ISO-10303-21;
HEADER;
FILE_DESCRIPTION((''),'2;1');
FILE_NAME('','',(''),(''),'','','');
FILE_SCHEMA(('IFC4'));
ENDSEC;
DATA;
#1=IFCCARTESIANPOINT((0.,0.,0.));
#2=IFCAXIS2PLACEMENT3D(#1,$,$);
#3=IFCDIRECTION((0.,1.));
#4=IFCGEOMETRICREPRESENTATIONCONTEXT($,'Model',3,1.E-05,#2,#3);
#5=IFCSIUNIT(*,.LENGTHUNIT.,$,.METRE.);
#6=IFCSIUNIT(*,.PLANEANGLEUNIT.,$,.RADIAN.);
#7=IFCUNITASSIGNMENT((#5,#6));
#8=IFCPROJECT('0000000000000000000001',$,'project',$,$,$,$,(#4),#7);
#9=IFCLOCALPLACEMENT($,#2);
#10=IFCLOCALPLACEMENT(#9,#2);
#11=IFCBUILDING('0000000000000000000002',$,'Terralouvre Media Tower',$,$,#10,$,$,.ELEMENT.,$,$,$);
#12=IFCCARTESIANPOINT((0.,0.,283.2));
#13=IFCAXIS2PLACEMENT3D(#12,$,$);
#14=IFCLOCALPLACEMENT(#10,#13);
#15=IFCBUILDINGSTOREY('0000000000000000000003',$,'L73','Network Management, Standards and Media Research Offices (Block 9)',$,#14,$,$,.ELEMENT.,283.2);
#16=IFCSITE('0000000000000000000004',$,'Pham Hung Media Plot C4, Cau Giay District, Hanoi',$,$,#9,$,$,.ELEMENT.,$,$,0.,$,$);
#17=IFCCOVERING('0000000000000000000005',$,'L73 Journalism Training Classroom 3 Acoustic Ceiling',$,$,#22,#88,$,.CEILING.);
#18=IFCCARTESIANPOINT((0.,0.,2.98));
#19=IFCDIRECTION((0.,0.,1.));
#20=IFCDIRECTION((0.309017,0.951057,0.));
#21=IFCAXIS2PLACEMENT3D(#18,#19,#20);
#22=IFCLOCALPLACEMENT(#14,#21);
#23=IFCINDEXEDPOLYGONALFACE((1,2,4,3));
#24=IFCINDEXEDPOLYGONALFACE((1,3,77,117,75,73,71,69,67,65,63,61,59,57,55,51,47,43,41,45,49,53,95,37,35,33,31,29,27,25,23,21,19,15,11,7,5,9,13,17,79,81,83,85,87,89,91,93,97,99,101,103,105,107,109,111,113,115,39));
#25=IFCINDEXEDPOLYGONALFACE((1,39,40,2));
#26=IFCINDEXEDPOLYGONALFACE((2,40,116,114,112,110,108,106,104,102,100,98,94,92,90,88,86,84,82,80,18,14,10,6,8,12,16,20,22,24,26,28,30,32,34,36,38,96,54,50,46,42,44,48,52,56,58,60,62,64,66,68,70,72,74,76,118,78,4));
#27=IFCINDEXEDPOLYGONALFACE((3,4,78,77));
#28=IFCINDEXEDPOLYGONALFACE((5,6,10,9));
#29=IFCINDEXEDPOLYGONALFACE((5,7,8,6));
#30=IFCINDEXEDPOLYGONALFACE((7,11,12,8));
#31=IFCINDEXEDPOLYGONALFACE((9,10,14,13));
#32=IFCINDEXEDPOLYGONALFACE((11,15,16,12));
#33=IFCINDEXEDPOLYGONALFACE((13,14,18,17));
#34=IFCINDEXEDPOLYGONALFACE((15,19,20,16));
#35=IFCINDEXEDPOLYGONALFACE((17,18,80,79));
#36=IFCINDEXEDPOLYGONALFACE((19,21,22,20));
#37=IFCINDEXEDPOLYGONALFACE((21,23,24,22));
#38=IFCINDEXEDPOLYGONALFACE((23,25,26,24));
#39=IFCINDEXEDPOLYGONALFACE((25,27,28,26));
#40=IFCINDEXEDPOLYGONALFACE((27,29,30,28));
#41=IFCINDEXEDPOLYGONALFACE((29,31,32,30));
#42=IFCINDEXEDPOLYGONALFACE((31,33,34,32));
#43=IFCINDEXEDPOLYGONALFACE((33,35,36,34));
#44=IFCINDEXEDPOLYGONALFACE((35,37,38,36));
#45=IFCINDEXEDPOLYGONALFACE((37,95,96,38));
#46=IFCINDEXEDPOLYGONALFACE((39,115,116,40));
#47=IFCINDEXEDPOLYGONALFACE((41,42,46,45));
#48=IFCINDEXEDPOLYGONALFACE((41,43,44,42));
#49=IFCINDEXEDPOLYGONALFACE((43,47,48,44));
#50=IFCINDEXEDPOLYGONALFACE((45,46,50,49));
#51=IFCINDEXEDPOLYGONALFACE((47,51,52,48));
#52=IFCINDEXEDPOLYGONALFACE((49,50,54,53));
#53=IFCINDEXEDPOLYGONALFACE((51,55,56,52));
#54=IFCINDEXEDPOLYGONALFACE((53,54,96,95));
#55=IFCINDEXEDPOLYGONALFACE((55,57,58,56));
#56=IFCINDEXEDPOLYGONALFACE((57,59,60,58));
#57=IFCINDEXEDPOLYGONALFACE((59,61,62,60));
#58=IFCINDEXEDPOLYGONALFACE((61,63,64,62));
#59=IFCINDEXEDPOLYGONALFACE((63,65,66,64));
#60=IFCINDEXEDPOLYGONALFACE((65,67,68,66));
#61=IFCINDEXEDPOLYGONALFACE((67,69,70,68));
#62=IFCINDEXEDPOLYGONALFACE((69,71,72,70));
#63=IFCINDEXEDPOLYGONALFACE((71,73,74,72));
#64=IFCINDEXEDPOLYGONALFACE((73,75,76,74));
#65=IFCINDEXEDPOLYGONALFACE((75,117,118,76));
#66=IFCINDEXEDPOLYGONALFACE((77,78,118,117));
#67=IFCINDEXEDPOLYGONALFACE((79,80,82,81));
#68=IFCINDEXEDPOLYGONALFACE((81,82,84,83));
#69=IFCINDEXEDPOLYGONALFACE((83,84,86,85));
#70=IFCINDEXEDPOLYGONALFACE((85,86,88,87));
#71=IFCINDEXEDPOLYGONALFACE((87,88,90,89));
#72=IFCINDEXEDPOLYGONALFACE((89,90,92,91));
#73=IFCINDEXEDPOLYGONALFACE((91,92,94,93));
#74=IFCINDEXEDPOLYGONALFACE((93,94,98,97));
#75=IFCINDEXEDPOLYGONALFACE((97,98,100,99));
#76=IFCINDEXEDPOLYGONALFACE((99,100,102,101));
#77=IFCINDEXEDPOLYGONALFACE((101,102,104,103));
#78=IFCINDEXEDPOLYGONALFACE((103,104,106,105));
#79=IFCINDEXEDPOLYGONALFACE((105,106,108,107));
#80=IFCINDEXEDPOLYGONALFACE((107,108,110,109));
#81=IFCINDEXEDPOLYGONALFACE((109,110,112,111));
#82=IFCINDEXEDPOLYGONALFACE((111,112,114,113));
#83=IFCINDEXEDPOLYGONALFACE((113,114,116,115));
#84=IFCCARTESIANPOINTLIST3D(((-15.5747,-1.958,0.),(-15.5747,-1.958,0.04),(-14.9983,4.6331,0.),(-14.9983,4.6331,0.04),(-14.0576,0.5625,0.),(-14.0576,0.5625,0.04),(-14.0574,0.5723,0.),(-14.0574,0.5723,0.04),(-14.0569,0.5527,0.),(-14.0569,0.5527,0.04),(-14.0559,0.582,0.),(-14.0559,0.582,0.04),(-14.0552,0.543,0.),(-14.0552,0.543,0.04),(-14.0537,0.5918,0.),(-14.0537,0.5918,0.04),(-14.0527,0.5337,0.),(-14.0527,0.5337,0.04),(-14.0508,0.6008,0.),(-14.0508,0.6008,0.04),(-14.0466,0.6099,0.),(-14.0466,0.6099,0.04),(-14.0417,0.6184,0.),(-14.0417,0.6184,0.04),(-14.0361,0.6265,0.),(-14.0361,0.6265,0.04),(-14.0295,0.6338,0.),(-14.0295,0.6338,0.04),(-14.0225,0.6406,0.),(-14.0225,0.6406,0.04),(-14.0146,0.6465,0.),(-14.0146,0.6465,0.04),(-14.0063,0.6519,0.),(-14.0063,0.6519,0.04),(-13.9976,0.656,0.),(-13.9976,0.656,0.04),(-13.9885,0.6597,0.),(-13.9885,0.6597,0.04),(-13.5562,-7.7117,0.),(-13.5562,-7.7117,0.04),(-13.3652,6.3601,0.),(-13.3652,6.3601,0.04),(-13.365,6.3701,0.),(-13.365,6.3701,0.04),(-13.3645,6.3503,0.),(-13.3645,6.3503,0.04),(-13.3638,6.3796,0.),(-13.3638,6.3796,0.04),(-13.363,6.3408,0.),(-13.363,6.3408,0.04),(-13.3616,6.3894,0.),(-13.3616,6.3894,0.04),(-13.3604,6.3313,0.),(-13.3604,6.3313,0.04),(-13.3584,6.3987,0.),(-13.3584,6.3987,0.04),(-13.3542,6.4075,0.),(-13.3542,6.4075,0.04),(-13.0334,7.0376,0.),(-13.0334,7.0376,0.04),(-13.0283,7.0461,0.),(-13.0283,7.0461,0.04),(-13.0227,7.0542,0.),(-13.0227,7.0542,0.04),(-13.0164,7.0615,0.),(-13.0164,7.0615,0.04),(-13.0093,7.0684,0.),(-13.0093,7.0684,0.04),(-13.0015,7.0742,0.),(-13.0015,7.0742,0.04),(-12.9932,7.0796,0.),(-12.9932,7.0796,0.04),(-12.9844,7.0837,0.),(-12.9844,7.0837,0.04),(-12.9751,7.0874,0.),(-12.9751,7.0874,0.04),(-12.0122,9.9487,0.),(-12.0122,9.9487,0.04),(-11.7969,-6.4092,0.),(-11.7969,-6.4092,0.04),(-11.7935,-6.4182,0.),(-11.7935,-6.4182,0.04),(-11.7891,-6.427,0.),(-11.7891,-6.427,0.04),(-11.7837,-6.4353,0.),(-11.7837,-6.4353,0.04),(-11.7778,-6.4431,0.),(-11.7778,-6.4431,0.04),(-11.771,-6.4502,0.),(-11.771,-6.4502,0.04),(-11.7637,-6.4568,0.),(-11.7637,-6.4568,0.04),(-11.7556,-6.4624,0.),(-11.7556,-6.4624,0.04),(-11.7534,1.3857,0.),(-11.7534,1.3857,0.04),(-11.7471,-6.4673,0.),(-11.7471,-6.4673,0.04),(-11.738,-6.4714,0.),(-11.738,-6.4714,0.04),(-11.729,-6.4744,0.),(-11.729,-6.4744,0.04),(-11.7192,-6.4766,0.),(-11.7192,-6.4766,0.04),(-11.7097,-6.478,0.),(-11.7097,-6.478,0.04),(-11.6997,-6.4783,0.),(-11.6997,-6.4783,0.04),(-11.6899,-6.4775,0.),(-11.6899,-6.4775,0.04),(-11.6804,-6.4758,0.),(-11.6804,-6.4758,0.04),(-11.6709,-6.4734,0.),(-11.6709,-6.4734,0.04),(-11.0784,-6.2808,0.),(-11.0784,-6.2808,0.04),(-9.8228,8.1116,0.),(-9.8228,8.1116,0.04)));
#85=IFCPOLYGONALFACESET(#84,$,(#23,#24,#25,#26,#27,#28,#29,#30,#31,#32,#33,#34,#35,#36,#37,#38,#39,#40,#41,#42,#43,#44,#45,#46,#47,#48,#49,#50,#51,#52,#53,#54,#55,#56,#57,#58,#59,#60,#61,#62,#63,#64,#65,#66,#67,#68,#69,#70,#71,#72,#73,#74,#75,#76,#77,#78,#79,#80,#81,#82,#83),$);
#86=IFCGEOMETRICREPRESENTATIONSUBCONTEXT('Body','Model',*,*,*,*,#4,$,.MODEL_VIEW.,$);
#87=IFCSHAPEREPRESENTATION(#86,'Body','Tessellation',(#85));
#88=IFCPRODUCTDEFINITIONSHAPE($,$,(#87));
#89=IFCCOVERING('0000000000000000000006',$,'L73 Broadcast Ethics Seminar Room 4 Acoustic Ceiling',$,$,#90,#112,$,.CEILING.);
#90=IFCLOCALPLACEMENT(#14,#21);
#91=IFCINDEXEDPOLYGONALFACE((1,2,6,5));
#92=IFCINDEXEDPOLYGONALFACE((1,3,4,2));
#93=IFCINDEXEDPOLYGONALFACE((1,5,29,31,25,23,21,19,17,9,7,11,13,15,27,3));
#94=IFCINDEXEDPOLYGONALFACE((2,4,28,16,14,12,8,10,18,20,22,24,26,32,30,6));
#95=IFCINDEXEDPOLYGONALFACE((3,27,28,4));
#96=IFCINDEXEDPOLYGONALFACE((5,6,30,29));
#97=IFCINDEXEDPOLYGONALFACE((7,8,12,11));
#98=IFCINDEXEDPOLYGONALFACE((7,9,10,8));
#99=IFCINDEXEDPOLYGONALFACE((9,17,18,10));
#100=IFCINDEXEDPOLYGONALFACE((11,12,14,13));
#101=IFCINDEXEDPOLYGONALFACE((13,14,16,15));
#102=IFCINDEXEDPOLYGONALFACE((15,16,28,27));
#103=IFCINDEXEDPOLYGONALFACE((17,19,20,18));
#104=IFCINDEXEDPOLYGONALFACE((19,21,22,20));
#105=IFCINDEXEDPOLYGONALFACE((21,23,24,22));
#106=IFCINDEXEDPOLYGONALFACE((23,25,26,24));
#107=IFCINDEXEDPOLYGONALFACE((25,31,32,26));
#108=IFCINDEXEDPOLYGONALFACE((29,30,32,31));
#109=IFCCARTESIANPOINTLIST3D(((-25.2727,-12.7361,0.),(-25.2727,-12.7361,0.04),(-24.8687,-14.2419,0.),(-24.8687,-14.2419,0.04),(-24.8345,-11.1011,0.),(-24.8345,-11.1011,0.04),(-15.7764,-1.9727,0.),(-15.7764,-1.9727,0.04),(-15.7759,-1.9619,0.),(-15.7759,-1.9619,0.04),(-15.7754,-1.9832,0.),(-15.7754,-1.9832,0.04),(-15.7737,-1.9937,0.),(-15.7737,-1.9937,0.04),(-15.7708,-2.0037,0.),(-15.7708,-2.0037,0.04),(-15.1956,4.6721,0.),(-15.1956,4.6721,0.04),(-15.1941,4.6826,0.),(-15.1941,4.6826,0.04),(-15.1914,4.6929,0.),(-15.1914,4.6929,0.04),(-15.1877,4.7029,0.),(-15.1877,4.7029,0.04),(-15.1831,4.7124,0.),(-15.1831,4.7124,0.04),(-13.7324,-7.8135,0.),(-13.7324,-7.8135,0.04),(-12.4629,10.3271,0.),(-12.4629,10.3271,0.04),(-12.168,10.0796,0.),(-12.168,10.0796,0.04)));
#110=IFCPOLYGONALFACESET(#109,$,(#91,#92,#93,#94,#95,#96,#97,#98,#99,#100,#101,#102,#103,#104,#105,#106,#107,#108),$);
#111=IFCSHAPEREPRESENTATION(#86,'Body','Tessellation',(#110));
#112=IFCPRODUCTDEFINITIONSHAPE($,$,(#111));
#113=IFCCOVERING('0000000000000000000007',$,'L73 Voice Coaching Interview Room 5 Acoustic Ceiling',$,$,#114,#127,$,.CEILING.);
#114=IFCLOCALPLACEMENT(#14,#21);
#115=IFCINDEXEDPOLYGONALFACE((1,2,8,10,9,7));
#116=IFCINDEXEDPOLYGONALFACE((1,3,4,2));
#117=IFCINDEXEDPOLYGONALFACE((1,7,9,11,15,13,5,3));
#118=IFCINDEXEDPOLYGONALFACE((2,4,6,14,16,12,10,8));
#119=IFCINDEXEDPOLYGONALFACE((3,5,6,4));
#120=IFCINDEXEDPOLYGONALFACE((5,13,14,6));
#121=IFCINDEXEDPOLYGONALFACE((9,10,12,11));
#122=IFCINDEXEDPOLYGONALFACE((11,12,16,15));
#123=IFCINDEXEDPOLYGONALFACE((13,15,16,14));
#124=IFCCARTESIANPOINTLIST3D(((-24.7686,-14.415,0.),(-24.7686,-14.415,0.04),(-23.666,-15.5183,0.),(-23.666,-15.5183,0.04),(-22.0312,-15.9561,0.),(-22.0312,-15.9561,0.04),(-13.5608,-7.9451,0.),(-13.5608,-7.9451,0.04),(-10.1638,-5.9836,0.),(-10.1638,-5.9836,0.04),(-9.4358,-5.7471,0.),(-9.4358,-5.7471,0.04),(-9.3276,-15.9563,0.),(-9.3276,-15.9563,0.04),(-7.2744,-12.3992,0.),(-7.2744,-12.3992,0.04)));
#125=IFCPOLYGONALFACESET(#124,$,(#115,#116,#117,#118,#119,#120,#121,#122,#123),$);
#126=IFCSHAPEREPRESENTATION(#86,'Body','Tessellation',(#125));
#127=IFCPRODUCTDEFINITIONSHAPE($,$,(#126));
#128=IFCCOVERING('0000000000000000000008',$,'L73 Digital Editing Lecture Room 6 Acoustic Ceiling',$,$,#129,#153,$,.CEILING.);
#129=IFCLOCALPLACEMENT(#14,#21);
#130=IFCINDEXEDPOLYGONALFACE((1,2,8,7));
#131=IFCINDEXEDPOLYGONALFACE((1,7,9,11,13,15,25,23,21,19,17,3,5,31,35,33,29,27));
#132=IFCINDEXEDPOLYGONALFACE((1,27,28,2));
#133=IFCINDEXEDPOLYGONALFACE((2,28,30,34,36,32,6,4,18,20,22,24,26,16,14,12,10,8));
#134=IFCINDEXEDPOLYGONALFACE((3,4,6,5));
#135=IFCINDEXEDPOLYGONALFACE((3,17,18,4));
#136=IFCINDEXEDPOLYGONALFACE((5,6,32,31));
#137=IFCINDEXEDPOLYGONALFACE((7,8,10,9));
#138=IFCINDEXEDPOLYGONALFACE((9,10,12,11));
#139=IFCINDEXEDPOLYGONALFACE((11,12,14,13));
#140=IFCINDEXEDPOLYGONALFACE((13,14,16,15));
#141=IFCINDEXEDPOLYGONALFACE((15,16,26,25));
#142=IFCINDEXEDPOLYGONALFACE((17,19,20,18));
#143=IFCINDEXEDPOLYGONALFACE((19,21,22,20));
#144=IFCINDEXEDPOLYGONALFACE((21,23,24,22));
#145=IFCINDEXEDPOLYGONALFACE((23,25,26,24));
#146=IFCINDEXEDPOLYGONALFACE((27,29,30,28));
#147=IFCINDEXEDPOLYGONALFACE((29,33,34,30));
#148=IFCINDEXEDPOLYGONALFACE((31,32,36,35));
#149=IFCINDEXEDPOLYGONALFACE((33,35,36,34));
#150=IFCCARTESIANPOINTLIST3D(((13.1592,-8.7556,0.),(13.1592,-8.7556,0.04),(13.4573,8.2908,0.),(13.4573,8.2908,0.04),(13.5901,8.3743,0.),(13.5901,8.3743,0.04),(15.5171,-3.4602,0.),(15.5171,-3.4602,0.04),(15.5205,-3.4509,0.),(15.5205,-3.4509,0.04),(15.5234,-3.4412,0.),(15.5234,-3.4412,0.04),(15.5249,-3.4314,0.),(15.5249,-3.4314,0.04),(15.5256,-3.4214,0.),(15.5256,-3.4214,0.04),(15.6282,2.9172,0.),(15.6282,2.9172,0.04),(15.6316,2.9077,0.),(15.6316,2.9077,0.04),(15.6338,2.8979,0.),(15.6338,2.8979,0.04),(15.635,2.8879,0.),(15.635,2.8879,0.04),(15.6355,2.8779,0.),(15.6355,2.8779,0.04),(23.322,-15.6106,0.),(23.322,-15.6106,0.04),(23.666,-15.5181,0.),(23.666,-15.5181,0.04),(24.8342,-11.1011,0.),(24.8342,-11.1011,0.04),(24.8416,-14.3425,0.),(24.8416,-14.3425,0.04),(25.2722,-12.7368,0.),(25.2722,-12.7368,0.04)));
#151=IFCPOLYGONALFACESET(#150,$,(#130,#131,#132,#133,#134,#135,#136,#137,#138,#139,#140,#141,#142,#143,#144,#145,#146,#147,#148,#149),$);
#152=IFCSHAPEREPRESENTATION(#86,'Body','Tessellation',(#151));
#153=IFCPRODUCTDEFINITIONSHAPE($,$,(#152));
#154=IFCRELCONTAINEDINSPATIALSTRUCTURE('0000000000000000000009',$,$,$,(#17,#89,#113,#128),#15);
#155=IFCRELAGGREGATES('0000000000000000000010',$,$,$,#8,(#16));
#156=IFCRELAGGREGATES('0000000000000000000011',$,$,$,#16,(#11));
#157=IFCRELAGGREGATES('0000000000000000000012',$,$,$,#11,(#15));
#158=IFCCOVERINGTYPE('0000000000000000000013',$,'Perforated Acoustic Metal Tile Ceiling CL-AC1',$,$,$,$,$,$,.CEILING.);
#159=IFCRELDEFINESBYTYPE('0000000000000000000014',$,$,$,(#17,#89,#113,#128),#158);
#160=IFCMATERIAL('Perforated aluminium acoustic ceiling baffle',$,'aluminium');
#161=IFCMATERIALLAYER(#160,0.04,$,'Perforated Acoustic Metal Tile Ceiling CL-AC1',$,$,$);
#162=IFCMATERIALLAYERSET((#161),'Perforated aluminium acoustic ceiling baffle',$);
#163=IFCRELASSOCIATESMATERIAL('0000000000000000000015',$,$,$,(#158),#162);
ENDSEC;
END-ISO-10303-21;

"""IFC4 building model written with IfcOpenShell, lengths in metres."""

from ifc_helpers import new_model, si_unit, direction, frame, origin, place, context, subcontext, project, spatial, polyline, outline, extrude, material, layer, layer_set, type_object, element, save


model = new_model("IFC4")

# Units and contexts
model_context = context("Model", 3, precision=1e-05, world=origin(), true_north=direction((0.0, 1.0)))
body_context = subcontext(model_context, "Body", "Model", "MODEL_VIEW")
ifc_project = project(units=[si_unit("LENGTHUNIT", "METRE"), si_unit("PLANEANGLEUNIT", "RADIAN")], contexts=[model_context])

# Site, building, storey
site_placement = place(None, origin())
site = spatial("IfcSite", under=ifc_project, at=site_placement, Name="Pham Hung Media Plot C4, Cau Giay District, Hanoi", CompositionType="ELEMENT", RefElevation=0.0)
building_placement = place(site_placement, origin())
building = spatial("IfcBuilding", under=site, at=building_placement, Name="Terralouvre Media Tower", CompositionType="ELEMENT")
storey_placement = place(building_placement, frame((0.0, 0.0, 283.2)))
storey = spatial("IfcBuildingStorey", under=building, at=storey_placement, Name="L73", Description="Network Management, Standards and Media Research Offices (Block 9)", CompositionType="ELEMENT", Elevation=283.2)

# Coverings
ifc_material_1 = material(Name="Perforated aluminium acoustic ceiling baffle", Category="aluminium")
ifc_layer_1 = layer(ifc_material_1, 0.04, Name="Perforated Acoustic Metal Tile Ceiling CL-AC1")
ifc_layer_set_1 = layer_set([ifc_layer_1], Name="Perforated aluminium acoustic ceiling baffle")
covering_type = type_object("IfcCoveringType", Name="Perforated Acoustic Metal Tile Ceiling CL-AC1", PredefinedType="CEILING", material=ifc_layer_set_1)
covering_1_placement = place(storey_placement, frame((0.0, 0.0, 2.98), z_axis=(0.0, 0.0, 1.0), x_axis=(0.309017, 0.951057, 0.0)))
element("IfcCovering", 1, at=covering_1_placement, inside=storey, type_object=covering_type, Name="L73 Journalism Training Classroom 3 Acoustic Ceiling", PredefinedType="CEILING", context=body_context, shape_type="SweptSolid", body=[
    extrude(outline(polyline([(-14.9983, 4.6331), (-15.5747, -1.958), (-13.5562, -7.7117), (-11.0784, -6.2808), (-11.6709, -6.4734), (-11.6804, -6.4758), (-11.6899, -6.4775), (-11.6997, -6.4783), (-11.7097, -6.478), (-11.7192, -6.4766), (-11.729, -6.4744), (-11.738, -6.4714), (-11.7471, -6.4673), (-11.7556, -6.4624), (-11.7637, -6.4568), (-11.771, -6.4502), (-11.7778, -6.4431), (-11.7837, -6.4353), (-11.7891, -6.427), (-11.7935, -6.4182), (-11.7969, -6.4092), (-14.0527, 0.5337), (-14.0552, 0.543), (-14.0569, 0.5527), (-14.0576, 0.5625), (-14.0574, 0.5723), (-14.0559, 0.582), (-14.0537, 0.5918), (-14.0508, 0.6008), (-14.0466, 0.6099), (-14.0417, 0.6184), (-14.0361, 0.6265), (-14.0295, 0.6338), (-14.0225, 0.6406), (-14.0146, 0.6465), (-14.0063, 0.6519), (-13.9976, 0.656), (-13.9885, 0.6597), (-11.7534, 1.3857), (-13.3604, 6.3313), (-13.363, 6.3408), (-13.3645, 6.3503), (-13.3652, 6.3601), (-13.365, 6.3701), (-13.3638, 6.3796), (-13.3616, 6.3894), (-13.3584, 6.3987), (-13.3542, 6.4075), (-13.0334, 7.0376), (-13.0283, 7.0461), (-13.0227, 7.0542), (-13.0164, 7.0615), (-13.0093, 7.0684), (-13.0015, 7.0742), (-12.9932, 7.0796), (-12.9844, 7.0837), (-12.9751, 7.0874), (-9.8228, 8.1116), (-12.0122, 9.9487), (-14.9983, 4.6331)])), origin(), (0.0, 0.0, 1.0), 0.04),
])
covering_2_placement = place(storey_placement, frame((0.0, 0.0, 2.98), z_axis=(0.0, 0.0, 1.0), x_axis=(0.309017, 0.951057, 0.0)))
element("IfcCovering", 2, at=covering_2_placement, inside=storey, type_object=covering_type, Name="L73 Broadcast Ethics Seminar Room 4 Acoustic Ceiling", PredefinedType="CEILING", context=body_context, shape_type="SweptSolid", body=[
    extrude(outline(polyline([(-15.7708, -2.0037), (-15.7737, -1.9937), (-15.7754, -1.9832), (-15.7764, -1.9727), (-15.7759, -1.9619), (-15.1956, 4.6721), (-15.1941, 4.6826), (-15.1914, 4.6929), (-15.1877, 4.7029), (-15.1831, 4.7124), (-12.168, 10.0796), (-12.4629, 10.3271), (-24.8345, -11.1011), (-25.2727, -12.7361), (-24.8687, -14.2419), (-13.7324, -7.8135), (-15.7708, -2.0037)])), origin(), (0.0, 0.0, 1.0), 0.04),
])
covering_3_placement = place(storey_placement, frame((0.0, 0.0, 2.98), z_axis=(0.0, 0.0, 1.0), x_axis=(0.309017, 0.951057, 0.0)))
element("IfcCovering", 3, at=covering_3_placement, inside=storey, type_object=covering_type, Name="L73 Voice Coaching Interview Room 5 Acoustic Ceiling", PredefinedType="CEILING", context=body_context, shape_type="SweptSolid", body=[
    extrude(outline(polyline([(-9.4358, -5.7471), (-10.1638, -5.9836), (-13.5608, -7.9451), (-24.7686, -14.415), (-23.666, -15.5183), (-22.0312, -15.9561), (-9.3276, -15.9563), (-7.2744, -12.3992), (-9.4358, -5.7471)])), origin(), (0.0, 0.0, 1.0), 0.04),
])
covering_4_placement = place(storey_placement, frame((0.0, 0.0, 2.98), z_axis=(0.0, 0.0, 1.0), x_axis=(0.309017, 0.951057, 0.0)))
element("IfcCovering", 4, at=covering_4_placement, inside=storey, type_object=covering_type, Name="L73 Digital Editing Lecture Room 6 Acoustic Ceiling", PredefinedType="CEILING", context=body_context, shape_type="SweptSolid", body=[
    extrude(outline(polyline([(15.6282, 2.9172), (15.6316, 2.9077), (15.6338, 2.8979), (15.635, 2.8879), (15.6355, 2.8779), (15.5256, -3.4214), (15.5249, -3.4314), (15.5234, -3.4412), (15.5205, -3.4509), (15.5171, -3.4602), (13.1592, -8.7556), (23.322, -15.6106), (23.666, -15.5181), (24.8416, -14.3425), (25.2722, -12.7368), (24.8342, -11.1011), (13.5901, 8.3743), (13.4573, 8.2908), (15.6282, 2.9172)])), origin(), (0.0, 0.0, 1.0), 0.04),
])

save(model, "model.ifc")
